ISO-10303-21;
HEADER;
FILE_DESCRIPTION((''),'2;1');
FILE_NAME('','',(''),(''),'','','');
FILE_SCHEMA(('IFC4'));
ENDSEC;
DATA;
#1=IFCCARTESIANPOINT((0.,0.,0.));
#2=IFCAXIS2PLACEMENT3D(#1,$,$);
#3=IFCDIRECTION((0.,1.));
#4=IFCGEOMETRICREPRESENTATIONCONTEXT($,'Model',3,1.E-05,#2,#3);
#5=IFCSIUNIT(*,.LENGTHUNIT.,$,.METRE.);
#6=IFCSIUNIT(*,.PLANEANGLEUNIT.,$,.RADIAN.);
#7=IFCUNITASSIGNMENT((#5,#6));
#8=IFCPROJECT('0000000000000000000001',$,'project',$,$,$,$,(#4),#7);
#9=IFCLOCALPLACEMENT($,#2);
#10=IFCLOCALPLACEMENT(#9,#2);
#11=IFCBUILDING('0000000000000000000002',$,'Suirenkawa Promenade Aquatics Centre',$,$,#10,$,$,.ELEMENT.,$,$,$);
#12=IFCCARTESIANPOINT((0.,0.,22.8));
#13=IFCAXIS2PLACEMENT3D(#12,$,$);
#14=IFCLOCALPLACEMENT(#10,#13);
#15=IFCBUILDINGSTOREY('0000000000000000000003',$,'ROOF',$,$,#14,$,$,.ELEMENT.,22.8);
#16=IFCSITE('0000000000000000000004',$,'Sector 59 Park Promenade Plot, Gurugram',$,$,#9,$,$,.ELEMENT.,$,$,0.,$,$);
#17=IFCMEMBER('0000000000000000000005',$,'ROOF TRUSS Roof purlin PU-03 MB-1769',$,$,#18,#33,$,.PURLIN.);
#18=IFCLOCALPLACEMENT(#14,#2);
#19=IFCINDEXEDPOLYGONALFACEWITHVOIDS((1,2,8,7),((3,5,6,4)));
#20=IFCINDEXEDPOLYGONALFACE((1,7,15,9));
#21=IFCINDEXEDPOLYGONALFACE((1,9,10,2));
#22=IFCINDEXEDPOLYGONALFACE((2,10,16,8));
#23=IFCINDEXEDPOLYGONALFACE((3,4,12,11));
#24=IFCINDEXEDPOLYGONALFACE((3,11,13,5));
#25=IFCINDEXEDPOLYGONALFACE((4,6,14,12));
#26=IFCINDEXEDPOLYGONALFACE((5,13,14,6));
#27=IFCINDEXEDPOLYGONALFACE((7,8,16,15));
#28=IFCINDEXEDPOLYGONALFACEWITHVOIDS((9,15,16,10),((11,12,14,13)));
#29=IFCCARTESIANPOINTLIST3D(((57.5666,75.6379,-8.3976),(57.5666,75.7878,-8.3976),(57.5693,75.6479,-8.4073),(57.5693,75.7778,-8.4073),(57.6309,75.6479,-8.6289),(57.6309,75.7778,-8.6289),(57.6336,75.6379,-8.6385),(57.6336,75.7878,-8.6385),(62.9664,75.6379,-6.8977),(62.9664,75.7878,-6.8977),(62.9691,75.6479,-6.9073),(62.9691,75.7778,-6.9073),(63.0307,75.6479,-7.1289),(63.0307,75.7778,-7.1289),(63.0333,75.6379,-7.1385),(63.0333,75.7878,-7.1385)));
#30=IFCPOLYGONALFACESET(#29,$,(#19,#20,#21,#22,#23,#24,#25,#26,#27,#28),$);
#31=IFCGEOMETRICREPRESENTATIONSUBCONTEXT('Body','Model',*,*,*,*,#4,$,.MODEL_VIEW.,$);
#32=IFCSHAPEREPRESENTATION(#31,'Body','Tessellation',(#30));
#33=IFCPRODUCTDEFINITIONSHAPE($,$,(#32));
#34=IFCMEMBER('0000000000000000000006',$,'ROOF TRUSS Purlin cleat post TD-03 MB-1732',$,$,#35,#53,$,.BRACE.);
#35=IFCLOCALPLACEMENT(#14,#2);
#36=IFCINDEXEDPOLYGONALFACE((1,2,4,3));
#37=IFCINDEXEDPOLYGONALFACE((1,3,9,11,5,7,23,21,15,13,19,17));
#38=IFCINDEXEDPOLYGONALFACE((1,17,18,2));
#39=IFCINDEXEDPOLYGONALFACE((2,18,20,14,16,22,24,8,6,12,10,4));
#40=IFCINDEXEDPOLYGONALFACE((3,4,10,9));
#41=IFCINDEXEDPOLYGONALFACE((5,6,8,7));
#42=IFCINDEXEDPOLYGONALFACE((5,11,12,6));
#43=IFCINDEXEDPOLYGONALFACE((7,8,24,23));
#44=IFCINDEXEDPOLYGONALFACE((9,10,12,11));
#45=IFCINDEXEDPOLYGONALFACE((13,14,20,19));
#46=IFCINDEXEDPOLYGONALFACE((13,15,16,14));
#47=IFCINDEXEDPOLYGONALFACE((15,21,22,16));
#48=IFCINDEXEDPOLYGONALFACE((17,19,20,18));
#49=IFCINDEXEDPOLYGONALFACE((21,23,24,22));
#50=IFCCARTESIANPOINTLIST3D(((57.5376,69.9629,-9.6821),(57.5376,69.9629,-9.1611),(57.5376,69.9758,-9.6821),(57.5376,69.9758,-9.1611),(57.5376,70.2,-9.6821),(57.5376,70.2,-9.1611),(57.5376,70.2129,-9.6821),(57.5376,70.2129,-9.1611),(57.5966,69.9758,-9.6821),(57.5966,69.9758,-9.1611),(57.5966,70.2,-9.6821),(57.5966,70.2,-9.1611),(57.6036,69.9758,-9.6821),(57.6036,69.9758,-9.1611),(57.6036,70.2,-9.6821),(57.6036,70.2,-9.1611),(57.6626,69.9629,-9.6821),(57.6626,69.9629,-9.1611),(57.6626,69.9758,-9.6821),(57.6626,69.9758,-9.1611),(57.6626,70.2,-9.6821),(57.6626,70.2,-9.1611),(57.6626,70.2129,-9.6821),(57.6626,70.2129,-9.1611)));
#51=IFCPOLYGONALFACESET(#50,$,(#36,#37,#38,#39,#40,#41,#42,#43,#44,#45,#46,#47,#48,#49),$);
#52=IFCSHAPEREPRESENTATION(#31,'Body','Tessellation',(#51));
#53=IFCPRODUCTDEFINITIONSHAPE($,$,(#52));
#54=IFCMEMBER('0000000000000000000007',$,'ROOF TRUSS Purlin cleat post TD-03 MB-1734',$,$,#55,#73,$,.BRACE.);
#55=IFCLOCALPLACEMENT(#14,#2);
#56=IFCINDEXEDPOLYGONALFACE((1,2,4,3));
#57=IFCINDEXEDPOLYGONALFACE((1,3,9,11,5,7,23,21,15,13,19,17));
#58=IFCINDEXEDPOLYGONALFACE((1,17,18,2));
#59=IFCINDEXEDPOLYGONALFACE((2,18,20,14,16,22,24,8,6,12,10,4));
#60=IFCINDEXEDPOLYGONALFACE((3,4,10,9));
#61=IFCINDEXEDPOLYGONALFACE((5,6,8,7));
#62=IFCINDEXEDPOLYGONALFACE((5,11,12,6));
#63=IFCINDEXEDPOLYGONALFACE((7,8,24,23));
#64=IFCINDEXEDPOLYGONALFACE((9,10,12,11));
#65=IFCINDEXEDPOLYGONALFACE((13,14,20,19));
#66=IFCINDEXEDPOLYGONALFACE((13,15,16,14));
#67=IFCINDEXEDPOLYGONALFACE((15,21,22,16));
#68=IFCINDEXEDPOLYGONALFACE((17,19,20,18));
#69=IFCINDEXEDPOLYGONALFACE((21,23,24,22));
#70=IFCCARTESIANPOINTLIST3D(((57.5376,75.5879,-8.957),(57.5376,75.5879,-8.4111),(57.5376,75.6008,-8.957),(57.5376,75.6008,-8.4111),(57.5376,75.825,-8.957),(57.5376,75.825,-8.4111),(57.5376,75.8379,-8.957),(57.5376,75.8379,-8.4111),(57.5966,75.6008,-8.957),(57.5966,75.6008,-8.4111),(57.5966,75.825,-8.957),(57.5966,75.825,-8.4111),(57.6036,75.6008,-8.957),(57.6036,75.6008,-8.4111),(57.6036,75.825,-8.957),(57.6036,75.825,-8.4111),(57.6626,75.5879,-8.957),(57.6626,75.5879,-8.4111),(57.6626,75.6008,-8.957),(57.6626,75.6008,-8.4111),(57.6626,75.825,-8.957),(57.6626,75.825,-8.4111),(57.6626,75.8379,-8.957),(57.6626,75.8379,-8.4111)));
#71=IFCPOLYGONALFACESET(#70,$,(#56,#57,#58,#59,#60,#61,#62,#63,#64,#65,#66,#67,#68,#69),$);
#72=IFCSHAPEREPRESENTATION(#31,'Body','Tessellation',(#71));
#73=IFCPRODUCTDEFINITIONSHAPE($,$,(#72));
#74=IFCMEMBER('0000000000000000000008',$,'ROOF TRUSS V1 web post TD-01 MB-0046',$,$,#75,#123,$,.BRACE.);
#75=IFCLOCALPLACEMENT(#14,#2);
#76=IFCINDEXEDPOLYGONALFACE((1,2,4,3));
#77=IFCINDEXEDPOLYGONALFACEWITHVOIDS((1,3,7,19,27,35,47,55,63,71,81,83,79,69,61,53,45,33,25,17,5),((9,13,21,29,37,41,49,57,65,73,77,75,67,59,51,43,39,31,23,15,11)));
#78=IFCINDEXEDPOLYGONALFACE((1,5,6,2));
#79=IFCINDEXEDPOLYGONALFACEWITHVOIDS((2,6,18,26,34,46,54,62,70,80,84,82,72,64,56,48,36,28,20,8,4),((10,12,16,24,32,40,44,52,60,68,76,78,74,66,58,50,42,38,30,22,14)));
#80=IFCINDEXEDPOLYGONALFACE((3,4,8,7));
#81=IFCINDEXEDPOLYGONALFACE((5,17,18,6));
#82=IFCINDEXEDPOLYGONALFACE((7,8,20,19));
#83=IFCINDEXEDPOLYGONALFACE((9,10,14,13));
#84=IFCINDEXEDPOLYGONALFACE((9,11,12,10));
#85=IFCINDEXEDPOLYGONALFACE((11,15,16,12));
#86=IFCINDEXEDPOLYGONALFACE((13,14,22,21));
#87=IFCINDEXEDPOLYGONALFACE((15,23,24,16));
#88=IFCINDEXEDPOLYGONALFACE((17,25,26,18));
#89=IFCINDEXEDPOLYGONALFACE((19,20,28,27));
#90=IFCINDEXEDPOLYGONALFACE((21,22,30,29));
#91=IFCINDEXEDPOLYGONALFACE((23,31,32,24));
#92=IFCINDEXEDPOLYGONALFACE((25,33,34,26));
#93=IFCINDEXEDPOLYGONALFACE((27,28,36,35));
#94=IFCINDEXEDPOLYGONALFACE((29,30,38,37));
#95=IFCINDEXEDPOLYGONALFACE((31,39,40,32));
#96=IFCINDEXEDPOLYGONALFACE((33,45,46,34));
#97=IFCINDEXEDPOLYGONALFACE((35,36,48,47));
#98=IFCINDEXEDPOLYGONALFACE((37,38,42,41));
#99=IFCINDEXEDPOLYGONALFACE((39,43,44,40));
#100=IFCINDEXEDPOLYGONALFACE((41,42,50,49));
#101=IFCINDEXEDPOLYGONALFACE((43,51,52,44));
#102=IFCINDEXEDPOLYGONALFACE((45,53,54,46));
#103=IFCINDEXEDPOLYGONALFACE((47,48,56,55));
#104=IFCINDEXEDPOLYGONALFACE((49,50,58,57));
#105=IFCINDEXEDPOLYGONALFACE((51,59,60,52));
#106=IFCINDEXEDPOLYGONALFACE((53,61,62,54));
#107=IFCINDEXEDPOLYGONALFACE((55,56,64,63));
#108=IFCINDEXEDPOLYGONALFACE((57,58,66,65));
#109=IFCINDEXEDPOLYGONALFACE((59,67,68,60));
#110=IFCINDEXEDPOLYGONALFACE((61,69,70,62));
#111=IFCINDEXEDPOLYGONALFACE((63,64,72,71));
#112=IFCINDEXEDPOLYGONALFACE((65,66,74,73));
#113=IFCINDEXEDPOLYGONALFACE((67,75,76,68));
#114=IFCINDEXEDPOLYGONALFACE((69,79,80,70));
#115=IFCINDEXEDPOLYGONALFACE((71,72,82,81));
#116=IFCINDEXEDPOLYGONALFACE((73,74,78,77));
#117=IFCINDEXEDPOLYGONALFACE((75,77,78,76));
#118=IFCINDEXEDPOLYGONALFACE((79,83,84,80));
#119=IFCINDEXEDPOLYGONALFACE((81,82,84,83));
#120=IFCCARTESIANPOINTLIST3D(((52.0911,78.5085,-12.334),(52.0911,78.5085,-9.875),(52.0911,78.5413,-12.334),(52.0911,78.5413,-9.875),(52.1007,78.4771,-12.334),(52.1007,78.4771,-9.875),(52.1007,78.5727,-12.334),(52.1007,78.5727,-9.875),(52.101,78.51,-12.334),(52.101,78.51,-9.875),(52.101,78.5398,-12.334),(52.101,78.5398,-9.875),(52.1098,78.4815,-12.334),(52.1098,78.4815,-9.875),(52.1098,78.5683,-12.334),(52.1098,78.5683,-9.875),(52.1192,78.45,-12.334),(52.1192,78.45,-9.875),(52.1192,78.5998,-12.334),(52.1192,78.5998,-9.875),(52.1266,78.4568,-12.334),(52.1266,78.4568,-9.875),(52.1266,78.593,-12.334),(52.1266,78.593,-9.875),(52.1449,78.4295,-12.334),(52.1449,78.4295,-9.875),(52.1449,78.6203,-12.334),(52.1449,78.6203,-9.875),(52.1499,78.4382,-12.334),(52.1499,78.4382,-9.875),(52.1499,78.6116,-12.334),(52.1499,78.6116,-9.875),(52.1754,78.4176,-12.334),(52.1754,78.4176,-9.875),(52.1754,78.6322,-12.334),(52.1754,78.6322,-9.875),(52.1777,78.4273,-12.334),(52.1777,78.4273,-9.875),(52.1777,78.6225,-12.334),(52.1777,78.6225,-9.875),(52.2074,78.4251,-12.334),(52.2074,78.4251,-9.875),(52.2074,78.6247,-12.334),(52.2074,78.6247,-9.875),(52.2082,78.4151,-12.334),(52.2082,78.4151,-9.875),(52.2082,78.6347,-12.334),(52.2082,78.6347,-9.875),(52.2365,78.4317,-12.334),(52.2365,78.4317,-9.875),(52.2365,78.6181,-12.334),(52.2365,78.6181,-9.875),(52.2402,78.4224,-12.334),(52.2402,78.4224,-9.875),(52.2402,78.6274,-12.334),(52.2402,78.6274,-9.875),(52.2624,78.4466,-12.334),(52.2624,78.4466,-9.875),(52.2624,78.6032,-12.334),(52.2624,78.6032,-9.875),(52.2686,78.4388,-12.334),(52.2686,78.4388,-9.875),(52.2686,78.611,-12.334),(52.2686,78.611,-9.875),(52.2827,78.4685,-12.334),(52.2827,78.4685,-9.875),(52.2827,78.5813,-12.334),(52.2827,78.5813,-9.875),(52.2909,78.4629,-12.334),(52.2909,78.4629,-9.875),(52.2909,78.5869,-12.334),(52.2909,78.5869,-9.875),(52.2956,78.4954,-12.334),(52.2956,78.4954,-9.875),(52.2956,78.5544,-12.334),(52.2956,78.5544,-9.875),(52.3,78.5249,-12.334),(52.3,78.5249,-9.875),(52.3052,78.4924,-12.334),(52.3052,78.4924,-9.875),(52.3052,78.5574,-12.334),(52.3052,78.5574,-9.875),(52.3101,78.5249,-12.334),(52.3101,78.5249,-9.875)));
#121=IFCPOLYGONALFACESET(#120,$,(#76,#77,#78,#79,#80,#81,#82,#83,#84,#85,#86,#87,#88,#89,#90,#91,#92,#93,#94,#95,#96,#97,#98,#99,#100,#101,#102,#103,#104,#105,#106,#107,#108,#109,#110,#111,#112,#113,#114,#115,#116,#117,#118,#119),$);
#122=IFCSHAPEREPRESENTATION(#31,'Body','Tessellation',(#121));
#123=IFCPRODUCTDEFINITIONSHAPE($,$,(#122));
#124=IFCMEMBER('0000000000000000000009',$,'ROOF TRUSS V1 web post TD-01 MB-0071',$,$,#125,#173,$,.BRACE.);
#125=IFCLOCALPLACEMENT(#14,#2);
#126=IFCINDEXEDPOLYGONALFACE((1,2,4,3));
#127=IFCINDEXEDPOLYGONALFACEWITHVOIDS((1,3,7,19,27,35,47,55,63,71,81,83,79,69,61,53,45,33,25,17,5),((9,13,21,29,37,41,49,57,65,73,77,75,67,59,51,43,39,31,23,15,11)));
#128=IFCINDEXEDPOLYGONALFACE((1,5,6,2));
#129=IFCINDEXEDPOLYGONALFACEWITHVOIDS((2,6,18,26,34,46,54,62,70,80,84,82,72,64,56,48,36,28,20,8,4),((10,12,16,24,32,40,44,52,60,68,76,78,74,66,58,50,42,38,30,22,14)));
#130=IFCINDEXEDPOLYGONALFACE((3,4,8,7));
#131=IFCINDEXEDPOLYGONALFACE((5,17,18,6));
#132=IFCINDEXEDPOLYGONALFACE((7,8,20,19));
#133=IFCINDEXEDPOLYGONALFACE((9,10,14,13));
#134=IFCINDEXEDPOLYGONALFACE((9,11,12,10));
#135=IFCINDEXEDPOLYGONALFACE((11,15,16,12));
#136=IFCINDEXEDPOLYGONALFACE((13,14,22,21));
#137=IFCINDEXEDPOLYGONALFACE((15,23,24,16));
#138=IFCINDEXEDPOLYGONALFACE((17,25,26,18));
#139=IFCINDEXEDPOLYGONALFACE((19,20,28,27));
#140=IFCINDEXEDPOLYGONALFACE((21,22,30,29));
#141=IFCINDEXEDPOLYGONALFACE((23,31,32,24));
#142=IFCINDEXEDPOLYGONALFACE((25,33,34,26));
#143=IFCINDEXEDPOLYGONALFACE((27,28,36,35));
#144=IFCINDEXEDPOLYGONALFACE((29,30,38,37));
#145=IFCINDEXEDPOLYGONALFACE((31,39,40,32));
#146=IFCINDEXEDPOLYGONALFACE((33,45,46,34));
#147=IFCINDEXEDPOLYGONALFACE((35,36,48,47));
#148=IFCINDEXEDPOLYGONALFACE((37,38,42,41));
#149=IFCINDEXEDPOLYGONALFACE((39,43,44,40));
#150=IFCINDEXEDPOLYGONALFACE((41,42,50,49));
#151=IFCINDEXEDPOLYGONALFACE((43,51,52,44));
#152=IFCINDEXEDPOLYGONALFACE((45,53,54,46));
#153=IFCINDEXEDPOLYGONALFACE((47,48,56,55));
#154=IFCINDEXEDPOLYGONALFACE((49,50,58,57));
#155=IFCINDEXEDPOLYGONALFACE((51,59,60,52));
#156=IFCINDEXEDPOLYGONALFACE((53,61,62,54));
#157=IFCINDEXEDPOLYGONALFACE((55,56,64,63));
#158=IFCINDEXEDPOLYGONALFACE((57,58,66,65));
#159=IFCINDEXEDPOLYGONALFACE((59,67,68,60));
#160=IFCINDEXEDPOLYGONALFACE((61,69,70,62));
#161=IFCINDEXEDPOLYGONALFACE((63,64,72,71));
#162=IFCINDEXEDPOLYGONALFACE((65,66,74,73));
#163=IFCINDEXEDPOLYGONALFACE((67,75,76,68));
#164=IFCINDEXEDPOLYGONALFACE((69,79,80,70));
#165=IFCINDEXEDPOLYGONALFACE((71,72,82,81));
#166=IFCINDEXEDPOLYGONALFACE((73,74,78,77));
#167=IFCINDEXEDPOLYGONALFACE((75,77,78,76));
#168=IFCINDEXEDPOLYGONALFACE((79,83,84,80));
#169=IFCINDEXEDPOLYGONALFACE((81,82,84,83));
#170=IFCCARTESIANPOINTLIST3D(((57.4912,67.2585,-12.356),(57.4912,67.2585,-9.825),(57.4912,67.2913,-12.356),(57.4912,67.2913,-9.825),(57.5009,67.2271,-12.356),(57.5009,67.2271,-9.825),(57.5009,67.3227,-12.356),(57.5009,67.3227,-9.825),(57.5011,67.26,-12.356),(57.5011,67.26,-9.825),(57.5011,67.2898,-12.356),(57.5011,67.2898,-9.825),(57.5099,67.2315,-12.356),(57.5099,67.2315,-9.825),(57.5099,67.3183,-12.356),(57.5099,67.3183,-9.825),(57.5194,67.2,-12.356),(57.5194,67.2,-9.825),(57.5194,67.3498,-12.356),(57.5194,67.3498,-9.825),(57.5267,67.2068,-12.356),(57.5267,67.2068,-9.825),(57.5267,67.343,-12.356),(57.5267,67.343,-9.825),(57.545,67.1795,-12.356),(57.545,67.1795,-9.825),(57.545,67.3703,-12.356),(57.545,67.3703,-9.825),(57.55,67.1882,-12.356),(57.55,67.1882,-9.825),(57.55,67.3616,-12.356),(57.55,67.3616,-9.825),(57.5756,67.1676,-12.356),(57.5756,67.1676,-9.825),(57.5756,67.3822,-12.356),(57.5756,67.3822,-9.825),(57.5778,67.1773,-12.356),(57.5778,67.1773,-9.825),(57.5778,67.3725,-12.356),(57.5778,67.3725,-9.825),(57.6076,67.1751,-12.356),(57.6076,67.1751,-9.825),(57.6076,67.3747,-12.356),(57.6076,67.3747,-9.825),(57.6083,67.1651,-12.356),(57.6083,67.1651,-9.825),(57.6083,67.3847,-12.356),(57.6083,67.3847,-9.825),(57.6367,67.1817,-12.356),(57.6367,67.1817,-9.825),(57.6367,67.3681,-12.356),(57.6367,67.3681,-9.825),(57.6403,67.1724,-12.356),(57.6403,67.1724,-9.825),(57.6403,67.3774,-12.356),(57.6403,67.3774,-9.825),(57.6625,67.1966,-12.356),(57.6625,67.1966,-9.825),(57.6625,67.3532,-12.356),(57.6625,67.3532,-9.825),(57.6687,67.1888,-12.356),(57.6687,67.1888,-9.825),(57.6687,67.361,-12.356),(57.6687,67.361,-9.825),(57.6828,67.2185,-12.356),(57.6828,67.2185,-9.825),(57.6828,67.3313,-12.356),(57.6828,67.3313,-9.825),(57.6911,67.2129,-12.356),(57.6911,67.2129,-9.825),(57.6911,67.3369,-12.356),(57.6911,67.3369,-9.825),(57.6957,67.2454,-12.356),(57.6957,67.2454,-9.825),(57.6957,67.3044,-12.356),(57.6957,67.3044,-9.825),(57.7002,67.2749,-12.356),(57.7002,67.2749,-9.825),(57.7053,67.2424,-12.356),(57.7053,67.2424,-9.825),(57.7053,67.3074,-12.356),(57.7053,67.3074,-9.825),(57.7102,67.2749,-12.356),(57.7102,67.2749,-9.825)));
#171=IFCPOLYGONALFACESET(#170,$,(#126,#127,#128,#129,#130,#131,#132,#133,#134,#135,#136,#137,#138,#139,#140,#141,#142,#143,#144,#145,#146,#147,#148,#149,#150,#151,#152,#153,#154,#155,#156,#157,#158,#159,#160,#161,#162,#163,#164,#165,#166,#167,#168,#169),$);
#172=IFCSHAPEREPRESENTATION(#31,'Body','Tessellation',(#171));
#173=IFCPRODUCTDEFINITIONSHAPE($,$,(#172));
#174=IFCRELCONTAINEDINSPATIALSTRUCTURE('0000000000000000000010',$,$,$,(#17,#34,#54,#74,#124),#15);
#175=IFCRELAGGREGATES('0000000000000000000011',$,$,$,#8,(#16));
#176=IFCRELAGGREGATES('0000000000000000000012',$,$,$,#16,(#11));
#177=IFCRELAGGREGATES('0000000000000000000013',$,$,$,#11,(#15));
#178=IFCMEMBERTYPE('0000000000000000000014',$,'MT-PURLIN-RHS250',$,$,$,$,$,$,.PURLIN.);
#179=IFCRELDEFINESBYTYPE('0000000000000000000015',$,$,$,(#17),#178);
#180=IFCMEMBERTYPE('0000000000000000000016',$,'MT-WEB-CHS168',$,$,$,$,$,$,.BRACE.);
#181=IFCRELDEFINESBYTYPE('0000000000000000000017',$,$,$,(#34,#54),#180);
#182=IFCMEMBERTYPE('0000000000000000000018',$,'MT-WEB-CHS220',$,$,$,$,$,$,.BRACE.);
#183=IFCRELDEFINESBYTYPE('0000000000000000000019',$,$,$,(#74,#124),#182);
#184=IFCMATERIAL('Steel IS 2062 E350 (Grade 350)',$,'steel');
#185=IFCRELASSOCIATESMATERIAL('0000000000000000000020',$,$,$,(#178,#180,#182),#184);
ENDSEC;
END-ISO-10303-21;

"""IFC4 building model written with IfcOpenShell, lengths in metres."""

from ifc_helpers import new_model, si_unit, direction, frame, origin, origin_2d, place, context, subcontext, project, spatial, hollow_rectangle, hollow_circle, i_section, extrude, material, material_profile, profile_set, type_object, element, save


model = new_model("IFC4")

# Units and contexts
model_context = context("Model", 3, precision=1e-05, world=origin(), true_north=direction((0.0, 1.0)))
body_context = subcontext(model_context, "Body", "Model", "MODEL_VIEW")
ifc_project = project(units=[si_unit("LENGTHUNIT", "METRE"), si_unit("PLANEANGLEUNIT", "RADIAN")], contexts=[model_context])

# Site, building, storey
site_placement = place(None, origin())
site = spatial("IfcSite", under=ifc_project, at=site_placement, Name="Sector 59 Park Promenade Plot, Gurugram", CompositionType="ELEMENT", RefElevation=0.0)
building_placement = place(site_placement, origin())
building = spatial("IfcBuilding", under=site, at=building_placement, Name="Suirenkawa Promenade Aquatics Centre", CompositionType="ELEMENT")
storey_placement = place(building_placement, frame((0.0, 0.0, 22.8)))
storey = spatial("IfcBuildingStorey", under=building, at=storey_placement, Name="ROOF", CompositionType="ELEMENT", Elevation=22.8)

# Shared definitions
ifc_material = material(Name="Steel IS 2062 E350 (Grade 350)", Category="steel")

# Members
ifc_material_profile_1 = material_profile(ifc_material, hollow_rectangle(XDim=0.1499, YDim=0.25, WallThickness=0.01, at=origin_2d()), Name="RHS 250x150x10", Category="steel")
ifc_profile_set_1 = profile_set([ifc_material_profile_1], Name="Steel IS 2062 E350 (Grade 350)")
member_type_1 = type_object("IfcMemberType", Name="MT-PURLIN-RHS250", PredefinedType="PURLIN", material=ifc_profile_set_1)
member_1_placement = place(storey_placement, frame((57.6001, 75.7129, -8.5181), z_axis=(0.963517, 0.0, 0.267648), x_axis=(0.0, 1.0, 0.0)))
element("IfcMember", 1, at=member_1_placement, inside=storey, type_object=member_type_1, Name="ROOF TRUSS Roof purlin PU-03 MB-1769", PredefinedType="PURLIN", context=body_context, shape_type="SweptSolid", body=[
    extrude(hollow_rectangle(XDim=0.1499, YDim=0.25, WallThickness=0.01, at=origin_2d()), origin(), (0.0, 0.0, 1.0), 5.6042),
])
ifc_material_profile_2 = material_profile(ifc_material, i_section(OverallWidth=0.125, OverallDepth=0.25, WebThickness=0.0071, FlangeThickness=0.0129, at=origin_2d()), Name="ISMB 250", Category="steel")
ifc_profile_set_2 = profile_set([ifc_material_profile_2], Name="Steel IS 2062 E350 (Grade 350)")
member_type_2 = type_object("IfcMemberType", Name="MT-WEB-CHS168", PredefinedType="BRACE", material=ifc_profile_set_2)
member_2_placement = place(storey_placement, frame((57.6001, 70.0879, -9.6821), z_axis=(0.0, 0.0, 1.0), x_axis=(1.0, 0.0, 0.0)))
element("IfcMember", 2, at=member_2_placement, inside=storey, type_object=member_type_2, Name="ROOF TRUSS Purlin cleat post TD-03 MB-1732", PredefinedType="BRACE", context=body_context, shape_type="SweptSolid", body=[
    extrude(i_section(OverallWidth=0.125, OverallDepth=0.25, WebThickness=0.0071, FlangeThickness=0.0129, at=origin_2d()), origin(), (0.0, 0.0, 1.0), 0.521),
])
member_3_placement = place(storey_placement, frame((57.6001, 75.7129, -8.957), z_axis=(0.0, 0.0, 1.0), x_axis=(1.0, 0.0, 0.0)))
element("IfcMember", 3, at=member_3_placement, inside=storey, type_object=member_type_2, Name="ROOF TRUSS Purlin cleat post TD-03 MB-1734", PredefinedType="BRACE", context=body_context, shape_type="SweptSolid", body=[
    extrude(i_section(OverallWidth=0.125, OverallDepth=0.25, WebThickness=0.0071, FlangeThickness=0.0129, at=origin_2d()), origin(), (0.0, 0.0, 1.0), 0.5459),
])
ifc_material_profile_3 = material_profile(ifc_material, hollow_circle(Radius=0.1101, WallThickness=0.01, at=origin_2d()), Name="CHS 220x10", Category="steel")
ifc_profile_set_3 = profile_set([ifc_material_profile_3], Name="Steel IS 2062 E350 (Grade 350)")
member_type_3 = type_object("IfcMemberType", Name="MT-WEB-CHS220", PredefinedType="BRACE", material=ifc_profile_set_3)
member_4_placement = place(storey_placement, frame((52.2, 78.5249, -12.334), z_axis=(0.0, 0.0, 1.0), x_axis=(1.0, 0.0, 0.0)))
element("IfcMember", 4, at=member_4_placement, inside=storey, type_object=member_type_3, Name="ROOF TRUSS V1 web post TD-01 MB-0046", PredefinedType="BRACE", context=body_context, shape_type="SweptSolid", body=[
    extrude(hollow_circle(Radius=0.1101, WallThickness=0.01, at=origin_2d()), origin(), (0.0, 0.0, 1.0), 2.459),
])
member_5_placement = place(storey_placement, frame((57.6001, 67.2749, -12.356), z_axis=(0.0, 0.0, 1.0), x_axis=(1.0, 0.0, 0.0)))
element("IfcMember", 5, at=member_5_placement, inside=storey, type_object=member_type_3, Name="ROOF TRUSS V1 web post TD-01 MB-0071", PredefinedType="BRACE", context=body_context, shape_type="SweptSolid", body=[
    extrude(hollow_circle(Radius=0.1101, WallThickness=0.01, at=origin_2d()), origin(), (0.0, 0.0, 1.0), 2.531),
])

save(model, "model.ifc")
